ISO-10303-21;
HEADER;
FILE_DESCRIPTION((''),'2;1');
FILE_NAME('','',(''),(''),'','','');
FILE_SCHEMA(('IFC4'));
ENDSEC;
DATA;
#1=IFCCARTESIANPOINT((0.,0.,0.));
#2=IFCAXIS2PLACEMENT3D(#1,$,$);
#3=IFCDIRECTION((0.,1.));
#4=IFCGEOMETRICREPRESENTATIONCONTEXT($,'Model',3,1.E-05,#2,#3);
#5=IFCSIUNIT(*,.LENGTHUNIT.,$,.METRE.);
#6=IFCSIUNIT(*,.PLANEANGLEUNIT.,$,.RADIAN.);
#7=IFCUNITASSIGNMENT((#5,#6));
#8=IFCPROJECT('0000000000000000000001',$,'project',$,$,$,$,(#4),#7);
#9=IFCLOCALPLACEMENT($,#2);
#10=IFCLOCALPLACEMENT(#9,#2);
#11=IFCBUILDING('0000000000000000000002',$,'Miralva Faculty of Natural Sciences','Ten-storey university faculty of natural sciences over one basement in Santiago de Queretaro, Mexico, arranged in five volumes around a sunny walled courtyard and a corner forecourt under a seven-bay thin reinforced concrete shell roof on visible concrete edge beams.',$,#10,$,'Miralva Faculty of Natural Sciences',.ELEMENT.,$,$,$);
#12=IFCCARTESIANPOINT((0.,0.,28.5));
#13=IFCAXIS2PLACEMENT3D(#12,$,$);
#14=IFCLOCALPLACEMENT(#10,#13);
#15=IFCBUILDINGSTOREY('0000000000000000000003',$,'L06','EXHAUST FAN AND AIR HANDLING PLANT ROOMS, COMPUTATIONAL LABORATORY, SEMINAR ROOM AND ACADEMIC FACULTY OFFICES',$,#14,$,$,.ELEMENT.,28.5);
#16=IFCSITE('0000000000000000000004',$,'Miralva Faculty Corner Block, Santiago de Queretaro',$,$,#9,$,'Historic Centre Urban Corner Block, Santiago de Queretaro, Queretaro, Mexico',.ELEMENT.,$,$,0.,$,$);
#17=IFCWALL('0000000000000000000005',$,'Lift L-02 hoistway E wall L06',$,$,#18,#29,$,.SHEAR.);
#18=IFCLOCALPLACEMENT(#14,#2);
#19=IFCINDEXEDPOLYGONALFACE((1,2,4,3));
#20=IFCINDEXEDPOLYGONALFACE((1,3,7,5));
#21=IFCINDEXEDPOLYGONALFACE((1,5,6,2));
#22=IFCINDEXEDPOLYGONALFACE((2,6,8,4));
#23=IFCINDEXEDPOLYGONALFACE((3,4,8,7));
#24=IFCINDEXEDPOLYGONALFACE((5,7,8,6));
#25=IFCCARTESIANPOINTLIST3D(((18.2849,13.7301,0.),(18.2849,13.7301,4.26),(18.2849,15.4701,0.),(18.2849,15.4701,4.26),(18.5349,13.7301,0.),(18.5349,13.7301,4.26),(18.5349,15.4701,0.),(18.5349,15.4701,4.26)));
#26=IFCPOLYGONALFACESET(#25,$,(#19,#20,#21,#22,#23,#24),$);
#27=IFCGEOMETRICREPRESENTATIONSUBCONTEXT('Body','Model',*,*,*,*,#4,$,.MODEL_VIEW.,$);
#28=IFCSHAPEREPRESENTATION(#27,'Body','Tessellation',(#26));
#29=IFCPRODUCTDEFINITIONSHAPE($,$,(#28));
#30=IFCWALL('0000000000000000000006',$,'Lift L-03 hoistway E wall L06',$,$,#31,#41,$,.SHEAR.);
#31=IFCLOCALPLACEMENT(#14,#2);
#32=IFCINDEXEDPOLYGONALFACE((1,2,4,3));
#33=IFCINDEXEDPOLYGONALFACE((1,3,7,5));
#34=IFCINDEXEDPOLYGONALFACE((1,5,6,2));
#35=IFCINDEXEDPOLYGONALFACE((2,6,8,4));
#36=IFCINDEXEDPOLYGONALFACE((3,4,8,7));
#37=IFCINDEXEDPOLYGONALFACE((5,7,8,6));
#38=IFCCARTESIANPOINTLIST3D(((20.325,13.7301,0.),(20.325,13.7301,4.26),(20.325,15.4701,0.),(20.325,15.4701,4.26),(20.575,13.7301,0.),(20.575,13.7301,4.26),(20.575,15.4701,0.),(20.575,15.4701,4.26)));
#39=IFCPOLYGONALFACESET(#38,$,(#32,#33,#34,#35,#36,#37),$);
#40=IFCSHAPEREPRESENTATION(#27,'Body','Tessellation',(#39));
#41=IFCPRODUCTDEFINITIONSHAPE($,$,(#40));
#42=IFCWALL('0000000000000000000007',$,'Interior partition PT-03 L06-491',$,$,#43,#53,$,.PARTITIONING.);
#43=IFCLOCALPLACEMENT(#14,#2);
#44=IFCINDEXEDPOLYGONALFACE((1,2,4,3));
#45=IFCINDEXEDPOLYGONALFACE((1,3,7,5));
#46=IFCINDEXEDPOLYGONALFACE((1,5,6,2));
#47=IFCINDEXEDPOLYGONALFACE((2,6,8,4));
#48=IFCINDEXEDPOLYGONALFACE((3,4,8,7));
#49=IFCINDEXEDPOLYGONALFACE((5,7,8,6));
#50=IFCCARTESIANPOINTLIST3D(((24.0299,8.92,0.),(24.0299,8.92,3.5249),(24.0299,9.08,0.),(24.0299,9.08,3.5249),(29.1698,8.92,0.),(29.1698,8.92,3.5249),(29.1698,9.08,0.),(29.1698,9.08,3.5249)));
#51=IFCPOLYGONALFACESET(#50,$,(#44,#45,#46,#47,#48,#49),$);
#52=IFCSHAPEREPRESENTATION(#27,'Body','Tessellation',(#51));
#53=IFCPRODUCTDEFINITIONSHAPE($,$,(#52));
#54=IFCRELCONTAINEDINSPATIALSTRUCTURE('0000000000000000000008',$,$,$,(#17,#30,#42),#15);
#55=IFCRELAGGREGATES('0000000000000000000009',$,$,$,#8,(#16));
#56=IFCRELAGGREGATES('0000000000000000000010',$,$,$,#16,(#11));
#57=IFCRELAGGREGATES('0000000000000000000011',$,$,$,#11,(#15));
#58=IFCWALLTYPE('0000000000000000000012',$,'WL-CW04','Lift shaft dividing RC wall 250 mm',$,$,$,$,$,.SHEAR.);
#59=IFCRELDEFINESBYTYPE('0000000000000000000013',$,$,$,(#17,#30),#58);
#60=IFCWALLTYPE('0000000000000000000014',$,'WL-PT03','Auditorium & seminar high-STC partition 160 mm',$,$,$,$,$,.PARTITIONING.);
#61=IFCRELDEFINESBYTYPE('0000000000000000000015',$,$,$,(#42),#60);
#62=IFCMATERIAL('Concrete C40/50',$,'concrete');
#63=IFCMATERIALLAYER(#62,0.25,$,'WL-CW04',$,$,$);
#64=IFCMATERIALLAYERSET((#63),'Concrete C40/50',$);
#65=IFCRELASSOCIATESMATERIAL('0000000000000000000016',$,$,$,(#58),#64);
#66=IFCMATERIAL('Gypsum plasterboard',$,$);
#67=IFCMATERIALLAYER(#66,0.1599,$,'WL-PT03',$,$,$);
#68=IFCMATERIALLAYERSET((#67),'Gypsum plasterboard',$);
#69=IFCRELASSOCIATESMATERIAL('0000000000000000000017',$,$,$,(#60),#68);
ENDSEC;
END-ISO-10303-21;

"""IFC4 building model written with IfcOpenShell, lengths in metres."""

from ifc_helpers import new_model, si_unit, direction, frame, frame_2d, origin, place, context, subcontext, project, spatial, rectangle, extrude, material, layer, layer_set, type_object, element, save


model = new_model("IFC4")

# Units and contexts
model_context = context("Model", 3, precision=1e-05, world=origin(), true_north=direction((0.0, 1.0)))
body_context = subcontext(model_context, "Body", "Model", "MODEL_VIEW")
ifc_project = project(units=[si_unit("LENGTHUNIT", "METRE"), si_unit("PLANEANGLEUNIT", "RADIAN")], contexts=[model_context])

# Site, building, storey
site_placement = place(None, origin())
site = spatial("IfcSite", under=ifc_project, at=site_placement, Name="Miralva Faculty Corner Block, Santiago de Queretaro", LongName="Historic Centre Urban Corner Block, Santiago de Queretaro, Queretaro, Mexico", CompositionType="ELEMENT", RefElevation=0.0)
building_placement = place(site_placement, origin())
building = spatial("IfcBuilding", under=site, at=building_placement, Name="Miralva Faculty of Natural Sciences", Description="Ten-storey university faculty of natural sciences over one basement in Santiago de Queretaro, Mexico, arranged in five volumes around a sunny walled courtyard and a corner forecourt under a seven-bay thin reinforced concrete shell roof on visible concrete edge beams.", LongName="Miralva Faculty of Natural Sciences", CompositionType="ELEMENT")
storey_placement = place(building_placement, frame((0.0, 0.0, 28.5)))
storey = spatial("IfcBuildingStorey", under=building, at=storey_placement, Name="L06", Description="EXHAUST FAN AND AIR HANDLING PLANT ROOMS, COMPUTATIONAL LABORATORY, SEMINAR ROOM AND ACADEMIC FACULTY OFFICES", CompositionType="ELEMENT", Elevation=28.5)

# Shared definitions
ifc_material_1 = material(Name="Concrete C40/50", Category="concrete")

# Shared definitions
ifc_layer_1 = layer(ifc_material_1, 0.25, Name="WL-CW04")
ifc_layer_set_1 = layer_set([ifc_layer_1], Name="Concrete C40/50")
wall_type_1 = type_object("IfcWallType", Name="WL-CW04", Description="Lift shaft dividing RC wall 250 mm", PredefinedType="SHEAR", material=ifc_layer_set_1)

# Wall
wall_1_placement = place(storey_placement, frame((18.4099, 13.73, 0.0), z_axis=(0.0, 0.0, 1.0), x_axis=(0.0, 1.0, 0.0)))
element("IfcWall", 1, at=wall_1_placement, inside=storey, type_object=wall_type_1, Name="Lift L-02 hoistway E wall L06", PredefinedType="SHEAR", context=body_context, shape_type="SweptSolid", body=[
    extrude(rectangle(XDim=1.74, YDim=0.25, at=frame_2d((0.8701, 0.0))), origin(), (0.0, 0.0, 1.0), 4.26),
])

# Walls
wall_2_placement = place(storey_placement, frame((20.45, 13.73, 0.0), z_axis=(0.0, 0.0, 1.0), x_axis=(0.0, 1.0, 0.0)))
element("IfcWall", 2, at=wall_2_placement, inside=storey, type_object=wall_type_1, Name="Lift L-03 hoistway E wall L06", PredefinedType="SHEAR", context=body_context, shape_type="SweptSolid", body=[
    extrude(rectangle(XDim=1.74, YDim=0.25, at=frame_2d((0.8701, 0.0))), origin(), (0.0, 0.0, 1.0), 4.26),
])
ifc_material_2 = material(Name="Gypsum plasterboard")
ifc_layer_2 = layer(ifc_material_2, 0.1599, Name="WL-PT03")
ifc_layer_set_2 = layer_set([ifc_layer_2], Name="Gypsum plasterboard")
wall_type_2 = type_object("IfcWallType", Name="WL-PT03", Description="Auditorium & seminar high-STC partition 160 mm", PredefinedType="PARTITIONING", material=ifc_layer_set_2)
wall_3_placement = place(storey_placement, frame((24.03, 9.0, 0.0), z_axis=(0.0, 0.0, 1.0), x_axis=(1.0, 0.0, 0.0)))
element("IfcWall", 3, at=wall_3_placement, inside=storey, type_object=wall_type_2, Name="Interior partition PT-03 L06-491", PredefinedType="PARTITIONING", context=body_context, shape_type="SweptSolid", body=[
    extrude(rectangle(XDim=5.1399, YDim=0.1599, at=frame_2d((2.5698, 0.0))), origin(), (0.0, 0.0, 1.0), 3.5249),
])

save(model, "model.ifc")
